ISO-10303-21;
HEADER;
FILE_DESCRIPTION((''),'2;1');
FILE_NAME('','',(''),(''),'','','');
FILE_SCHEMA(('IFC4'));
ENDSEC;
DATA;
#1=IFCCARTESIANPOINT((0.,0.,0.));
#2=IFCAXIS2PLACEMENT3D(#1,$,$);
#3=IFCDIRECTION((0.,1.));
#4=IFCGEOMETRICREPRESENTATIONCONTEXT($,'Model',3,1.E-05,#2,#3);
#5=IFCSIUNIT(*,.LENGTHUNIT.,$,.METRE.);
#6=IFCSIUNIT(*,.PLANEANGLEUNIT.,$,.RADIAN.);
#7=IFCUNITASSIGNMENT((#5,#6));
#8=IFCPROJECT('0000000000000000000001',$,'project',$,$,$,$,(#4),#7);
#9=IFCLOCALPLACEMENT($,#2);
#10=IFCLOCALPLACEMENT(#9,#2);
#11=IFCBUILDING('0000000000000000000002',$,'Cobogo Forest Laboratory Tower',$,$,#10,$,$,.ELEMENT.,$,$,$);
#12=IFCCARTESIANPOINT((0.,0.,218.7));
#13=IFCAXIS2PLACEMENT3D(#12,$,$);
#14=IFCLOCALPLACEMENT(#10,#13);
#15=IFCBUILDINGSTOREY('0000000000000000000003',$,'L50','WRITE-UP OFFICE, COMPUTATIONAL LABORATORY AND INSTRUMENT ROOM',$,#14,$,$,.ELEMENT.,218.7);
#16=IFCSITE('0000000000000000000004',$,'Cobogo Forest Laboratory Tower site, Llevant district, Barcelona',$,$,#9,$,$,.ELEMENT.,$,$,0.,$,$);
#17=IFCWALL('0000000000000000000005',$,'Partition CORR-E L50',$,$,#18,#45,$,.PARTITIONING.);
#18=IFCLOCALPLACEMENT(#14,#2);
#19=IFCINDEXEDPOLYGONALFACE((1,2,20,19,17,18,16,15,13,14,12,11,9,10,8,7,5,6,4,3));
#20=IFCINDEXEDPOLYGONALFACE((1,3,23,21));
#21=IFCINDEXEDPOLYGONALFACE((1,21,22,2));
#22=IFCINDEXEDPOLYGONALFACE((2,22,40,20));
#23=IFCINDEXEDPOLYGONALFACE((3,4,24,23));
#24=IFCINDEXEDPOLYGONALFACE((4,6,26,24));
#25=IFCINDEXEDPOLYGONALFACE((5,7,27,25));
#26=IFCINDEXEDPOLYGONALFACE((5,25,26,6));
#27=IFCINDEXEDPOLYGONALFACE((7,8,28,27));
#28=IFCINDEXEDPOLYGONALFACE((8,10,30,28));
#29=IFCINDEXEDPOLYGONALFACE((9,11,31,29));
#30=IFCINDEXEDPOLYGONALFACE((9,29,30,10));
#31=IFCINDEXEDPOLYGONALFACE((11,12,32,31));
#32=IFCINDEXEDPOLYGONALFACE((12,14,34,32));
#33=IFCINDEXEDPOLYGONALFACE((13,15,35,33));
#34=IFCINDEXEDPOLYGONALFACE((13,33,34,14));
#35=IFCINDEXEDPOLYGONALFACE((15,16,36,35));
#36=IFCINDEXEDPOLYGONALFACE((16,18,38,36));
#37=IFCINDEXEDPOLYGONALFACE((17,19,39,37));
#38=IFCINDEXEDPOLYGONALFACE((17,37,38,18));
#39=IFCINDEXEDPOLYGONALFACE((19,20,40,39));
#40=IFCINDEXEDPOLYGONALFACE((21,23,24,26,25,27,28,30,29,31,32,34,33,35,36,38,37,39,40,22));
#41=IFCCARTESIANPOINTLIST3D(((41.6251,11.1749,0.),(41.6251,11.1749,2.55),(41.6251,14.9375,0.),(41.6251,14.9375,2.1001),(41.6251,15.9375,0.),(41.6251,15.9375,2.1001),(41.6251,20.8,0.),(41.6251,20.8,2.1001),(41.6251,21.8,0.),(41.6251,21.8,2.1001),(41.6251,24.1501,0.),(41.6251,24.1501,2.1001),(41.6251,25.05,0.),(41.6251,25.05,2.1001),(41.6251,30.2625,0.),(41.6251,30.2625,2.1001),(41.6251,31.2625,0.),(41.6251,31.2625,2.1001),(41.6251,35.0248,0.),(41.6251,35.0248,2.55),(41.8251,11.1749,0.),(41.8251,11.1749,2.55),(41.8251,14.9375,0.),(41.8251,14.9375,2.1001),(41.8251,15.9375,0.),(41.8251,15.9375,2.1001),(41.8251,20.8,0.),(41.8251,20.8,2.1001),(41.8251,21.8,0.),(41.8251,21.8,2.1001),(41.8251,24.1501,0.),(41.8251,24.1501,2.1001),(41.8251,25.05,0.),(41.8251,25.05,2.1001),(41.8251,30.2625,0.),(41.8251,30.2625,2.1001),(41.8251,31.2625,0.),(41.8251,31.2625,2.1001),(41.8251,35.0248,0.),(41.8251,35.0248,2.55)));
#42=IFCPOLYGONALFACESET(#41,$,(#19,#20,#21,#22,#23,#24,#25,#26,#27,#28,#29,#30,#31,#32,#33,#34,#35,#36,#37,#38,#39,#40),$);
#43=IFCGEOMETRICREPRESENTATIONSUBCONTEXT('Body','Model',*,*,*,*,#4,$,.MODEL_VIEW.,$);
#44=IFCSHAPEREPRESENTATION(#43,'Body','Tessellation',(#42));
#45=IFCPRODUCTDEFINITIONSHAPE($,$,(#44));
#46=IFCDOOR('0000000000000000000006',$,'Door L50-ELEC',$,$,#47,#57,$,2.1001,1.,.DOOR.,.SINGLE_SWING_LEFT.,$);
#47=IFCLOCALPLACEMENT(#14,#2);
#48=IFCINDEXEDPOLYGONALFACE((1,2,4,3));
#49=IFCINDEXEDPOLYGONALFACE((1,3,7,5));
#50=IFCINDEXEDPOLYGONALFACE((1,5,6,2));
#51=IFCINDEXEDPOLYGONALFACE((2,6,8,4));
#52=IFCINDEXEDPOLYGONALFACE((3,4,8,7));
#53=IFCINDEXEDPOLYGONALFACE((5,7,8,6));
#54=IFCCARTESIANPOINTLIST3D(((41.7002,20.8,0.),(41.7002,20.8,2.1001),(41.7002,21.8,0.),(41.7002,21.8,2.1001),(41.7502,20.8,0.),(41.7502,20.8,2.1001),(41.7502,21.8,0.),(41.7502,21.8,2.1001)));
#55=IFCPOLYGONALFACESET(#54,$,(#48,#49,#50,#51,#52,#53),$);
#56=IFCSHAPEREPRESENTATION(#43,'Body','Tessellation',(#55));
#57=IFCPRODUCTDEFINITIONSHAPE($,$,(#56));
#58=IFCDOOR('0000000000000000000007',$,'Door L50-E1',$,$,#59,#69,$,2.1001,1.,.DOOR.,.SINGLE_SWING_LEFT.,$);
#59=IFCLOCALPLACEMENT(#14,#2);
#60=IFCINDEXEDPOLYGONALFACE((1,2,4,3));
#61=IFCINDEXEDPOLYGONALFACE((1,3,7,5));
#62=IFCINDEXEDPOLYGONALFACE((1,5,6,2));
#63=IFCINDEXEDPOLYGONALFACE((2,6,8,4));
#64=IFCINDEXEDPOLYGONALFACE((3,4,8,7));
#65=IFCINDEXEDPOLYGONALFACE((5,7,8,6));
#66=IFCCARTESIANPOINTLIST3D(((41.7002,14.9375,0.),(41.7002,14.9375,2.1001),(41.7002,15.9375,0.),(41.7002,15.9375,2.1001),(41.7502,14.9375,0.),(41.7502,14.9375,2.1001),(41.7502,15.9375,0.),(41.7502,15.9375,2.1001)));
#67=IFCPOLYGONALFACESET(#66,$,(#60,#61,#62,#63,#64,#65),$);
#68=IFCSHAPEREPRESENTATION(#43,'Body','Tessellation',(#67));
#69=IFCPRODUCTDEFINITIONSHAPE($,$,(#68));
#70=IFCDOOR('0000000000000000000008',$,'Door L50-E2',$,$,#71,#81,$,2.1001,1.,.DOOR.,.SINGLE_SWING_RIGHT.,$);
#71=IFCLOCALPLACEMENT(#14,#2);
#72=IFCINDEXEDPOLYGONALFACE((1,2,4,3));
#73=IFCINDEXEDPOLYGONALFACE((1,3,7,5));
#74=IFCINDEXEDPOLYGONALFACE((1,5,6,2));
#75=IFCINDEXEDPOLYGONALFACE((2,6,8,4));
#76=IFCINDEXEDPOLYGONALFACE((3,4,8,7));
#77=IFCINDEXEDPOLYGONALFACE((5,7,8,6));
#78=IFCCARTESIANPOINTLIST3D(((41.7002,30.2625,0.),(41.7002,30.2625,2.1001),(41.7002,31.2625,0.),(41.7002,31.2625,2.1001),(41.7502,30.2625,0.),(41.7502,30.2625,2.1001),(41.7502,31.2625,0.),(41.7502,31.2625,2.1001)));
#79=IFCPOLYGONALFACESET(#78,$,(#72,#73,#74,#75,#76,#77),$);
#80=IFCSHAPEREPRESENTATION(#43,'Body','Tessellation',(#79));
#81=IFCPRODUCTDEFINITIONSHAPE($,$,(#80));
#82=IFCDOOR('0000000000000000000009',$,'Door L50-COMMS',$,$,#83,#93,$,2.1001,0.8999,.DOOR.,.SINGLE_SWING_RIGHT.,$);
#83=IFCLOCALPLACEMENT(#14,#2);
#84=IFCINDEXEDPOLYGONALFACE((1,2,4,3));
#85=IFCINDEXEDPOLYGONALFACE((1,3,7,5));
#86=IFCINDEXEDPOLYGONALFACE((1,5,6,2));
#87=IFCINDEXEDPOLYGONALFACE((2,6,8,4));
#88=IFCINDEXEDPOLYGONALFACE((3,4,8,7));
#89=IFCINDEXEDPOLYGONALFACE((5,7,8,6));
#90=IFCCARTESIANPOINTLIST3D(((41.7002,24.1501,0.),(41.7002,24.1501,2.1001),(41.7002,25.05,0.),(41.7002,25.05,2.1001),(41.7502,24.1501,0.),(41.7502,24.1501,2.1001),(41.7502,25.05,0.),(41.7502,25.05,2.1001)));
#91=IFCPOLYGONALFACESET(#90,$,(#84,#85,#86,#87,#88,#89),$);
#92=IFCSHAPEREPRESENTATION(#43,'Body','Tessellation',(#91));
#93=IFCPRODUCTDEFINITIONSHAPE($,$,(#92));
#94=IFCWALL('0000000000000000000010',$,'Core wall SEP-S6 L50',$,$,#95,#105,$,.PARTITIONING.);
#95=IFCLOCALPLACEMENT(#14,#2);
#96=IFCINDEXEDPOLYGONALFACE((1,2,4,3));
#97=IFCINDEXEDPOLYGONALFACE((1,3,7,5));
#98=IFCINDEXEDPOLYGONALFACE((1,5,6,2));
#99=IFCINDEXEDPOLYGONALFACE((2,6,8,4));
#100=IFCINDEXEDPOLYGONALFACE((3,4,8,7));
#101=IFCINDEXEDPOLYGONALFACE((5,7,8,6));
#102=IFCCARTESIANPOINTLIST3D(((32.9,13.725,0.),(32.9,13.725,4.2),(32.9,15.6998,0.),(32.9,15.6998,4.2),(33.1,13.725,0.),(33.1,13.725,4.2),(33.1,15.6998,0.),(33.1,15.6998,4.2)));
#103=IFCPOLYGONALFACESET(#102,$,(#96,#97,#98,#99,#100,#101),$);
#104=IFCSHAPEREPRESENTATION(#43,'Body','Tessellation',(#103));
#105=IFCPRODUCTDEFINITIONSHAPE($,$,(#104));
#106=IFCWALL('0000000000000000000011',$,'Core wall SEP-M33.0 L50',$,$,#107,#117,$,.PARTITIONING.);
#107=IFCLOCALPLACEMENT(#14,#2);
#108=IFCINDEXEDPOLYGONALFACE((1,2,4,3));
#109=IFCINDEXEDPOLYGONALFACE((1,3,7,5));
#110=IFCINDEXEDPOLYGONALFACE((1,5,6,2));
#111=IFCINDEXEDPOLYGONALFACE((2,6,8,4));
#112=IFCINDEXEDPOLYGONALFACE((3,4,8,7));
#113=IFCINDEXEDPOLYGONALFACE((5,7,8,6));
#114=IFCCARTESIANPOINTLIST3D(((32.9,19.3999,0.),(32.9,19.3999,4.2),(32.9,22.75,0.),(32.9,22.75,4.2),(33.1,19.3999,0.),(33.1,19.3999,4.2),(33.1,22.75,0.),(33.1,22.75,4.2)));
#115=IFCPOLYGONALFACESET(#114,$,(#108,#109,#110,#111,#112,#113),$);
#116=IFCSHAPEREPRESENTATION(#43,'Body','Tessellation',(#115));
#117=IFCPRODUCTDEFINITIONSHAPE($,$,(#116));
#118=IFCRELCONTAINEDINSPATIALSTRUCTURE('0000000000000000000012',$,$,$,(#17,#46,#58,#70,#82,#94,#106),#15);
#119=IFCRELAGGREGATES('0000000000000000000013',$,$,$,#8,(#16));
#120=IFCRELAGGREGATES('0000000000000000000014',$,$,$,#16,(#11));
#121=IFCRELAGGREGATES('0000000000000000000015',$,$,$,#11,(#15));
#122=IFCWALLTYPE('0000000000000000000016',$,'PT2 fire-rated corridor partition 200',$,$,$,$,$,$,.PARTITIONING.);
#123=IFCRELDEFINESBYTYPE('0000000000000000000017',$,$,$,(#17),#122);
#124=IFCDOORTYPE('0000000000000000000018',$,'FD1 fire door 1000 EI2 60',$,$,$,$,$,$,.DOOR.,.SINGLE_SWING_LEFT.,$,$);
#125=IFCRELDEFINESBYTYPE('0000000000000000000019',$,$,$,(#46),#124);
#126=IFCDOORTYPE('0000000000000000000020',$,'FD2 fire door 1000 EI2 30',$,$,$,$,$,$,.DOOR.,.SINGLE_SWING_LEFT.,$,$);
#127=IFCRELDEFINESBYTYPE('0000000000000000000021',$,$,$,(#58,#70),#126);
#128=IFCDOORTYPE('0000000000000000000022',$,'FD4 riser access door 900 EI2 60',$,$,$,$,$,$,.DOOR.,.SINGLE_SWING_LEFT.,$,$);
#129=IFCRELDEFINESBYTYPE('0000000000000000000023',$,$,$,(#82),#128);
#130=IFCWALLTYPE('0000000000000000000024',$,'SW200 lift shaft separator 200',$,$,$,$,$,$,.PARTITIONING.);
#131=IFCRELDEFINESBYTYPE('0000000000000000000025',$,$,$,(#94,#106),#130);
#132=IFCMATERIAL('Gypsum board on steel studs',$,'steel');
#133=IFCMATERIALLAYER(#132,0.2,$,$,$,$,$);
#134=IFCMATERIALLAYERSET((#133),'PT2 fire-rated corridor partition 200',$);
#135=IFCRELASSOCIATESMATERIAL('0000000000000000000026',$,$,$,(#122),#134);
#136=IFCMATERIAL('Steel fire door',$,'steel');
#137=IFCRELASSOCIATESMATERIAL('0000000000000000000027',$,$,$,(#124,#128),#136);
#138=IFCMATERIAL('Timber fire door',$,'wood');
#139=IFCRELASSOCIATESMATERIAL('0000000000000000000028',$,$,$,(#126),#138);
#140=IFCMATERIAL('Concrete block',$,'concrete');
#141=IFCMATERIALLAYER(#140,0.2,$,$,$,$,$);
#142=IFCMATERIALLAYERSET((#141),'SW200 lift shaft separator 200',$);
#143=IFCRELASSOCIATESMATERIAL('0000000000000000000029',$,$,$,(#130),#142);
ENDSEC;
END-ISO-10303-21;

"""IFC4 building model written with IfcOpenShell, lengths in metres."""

from ifc_helpers import new_model, si_unit, direction, frame, frame_2d, origin, place, context, subcontext, project, spatial, rectangle, extrude, material, layer, layer_set, type_object, element, fill, save


model = new_model("IFC4")

# Units and contexts
model_context = context("Model", 3, precision=1e-05, world=origin(), true_north=direction((0.0, 1.0)))
body_context = subcontext(model_context, "Body", "Model", "MODEL_VIEW")
ifc_project = project(units=[si_unit("LENGTHUNIT", "METRE"), si_unit("PLANEANGLEUNIT", "RADIAN")], contexts=[model_context])

# Site, building, storey
site_placement = place(None, origin())
site = spatial("IfcSite", under=ifc_project, at=site_placement, Name="Cobogo Forest Laboratory Tower site, Llevant district, Barcelona", CompositionType="ELEMENT", RefElevation=0.0)
building_placement = place(site_placement, origin())
building = spatial("IfcBuilding", under=site, at=building_placement, Name="Cobogo Forest Laboratory Tower", CompositionType="ELEMENT")
storey_placement = place(building_placement, frame((0.0, 0.0, 218.7)))
storey = spatial("IfcBuildingStorey", under=building, at=storey_placement, Name="L50", Description="WRITE-UP OFFICE, COMPUTATIONAL LABORATORY AND INSTRUMENT ROOM", CompositionType="ELEMENT", Elevation=218.7)

# Shared definitions
ifc_material_1 = material(Name="Steel fire door", Category="steel")

# Shared definitions
ifc_material_2 = material(Name="Gypsum board on steel studs", Category="steel")

# Wall, openings, doors
ifc_layer_1 = layer(ifc_material_2, 0.2)
ifc_layer_set_1 = layer_set([ifc_layer_1], Name="PT2 fire-rated corridor partition 200")
wall_type_1 = type_object("IfcWallType", Name="PT2 fire-rated corridor partition 200", PredefinedType="PARTITIONING", material=ifc_layer_set_1)
wall_1_placement = place(storey_placement, frame((41.7251, 11.175, 0.0), z_axis=(0.0, 0.0, 1.0), x_axis=(0.0, 1.0, 0.0)))
wall_1 = element("IfcWall", 1, at=wall_1_placement, inside=storey, type_object=wall_type_1, Name="Partition CORR-E L50", PredefinedType="PARTITIONING", context=body_context, shape_type="SweptSolid", body=[
    extrude(rectangle(XDim=23.8499, YDim=0.2, at=frame_2d((11.9248, 0.0))), origin(), (0.0, 0.0, 1.0), 2.55),
])
opening_1_placement = place(wall_1_placement, frame((3.7625, 0.0, 0.0)))
opening_1 = element("IfcOpeningElement", 2, at=opening_1_placement, cuts=wall_1, PredefinedType="OPENING", context=body_context, shape_type="SweptSolid", body=[
    extrude(rectangle(XDim=1.0, YDim=2.1001, at=frame_2d((0.5, 1.05))), frame((0.0, 0.1099, 0.0), z_axis=(0.0, -1.0, 0.0), x_axis=(1.0, 0.0, 0.0)), (0.0, 0.0, 1.0), 0.22),
])
opening_2_placement = place(wall_1_placement, frame((9.625, 0.0, 0.0)))
opening_2 = element("IfcOpeningElement", 3, at=opening_2_placement, cuts=wall_1, PredefinedType="OPENING", context=body_context, shape_type="SweptSolid", body=[
    extrude(rectangle(XDim=1.0, YDim=2.1001, at=frame_2d((0.5, 1.05))), frame((0.0, 0.1099, 0.0), z_axis=(0.0, -1.0, 0.0), x_axis=(1.0, 0.0, 0.0)), (0.0, 0.0, 1.0), 0.22),
])
opening_3_placement = place(wall_1_placement, frame((12.9751, 0.0, 0.0)))
opening_3 = element("IfcOpeningElement", 4, at=opening_3_placement, cuts=wall_1, PredefinedType="OPENING", context=body_context, shape_type="SweptSolid", body=[
    extrude(rectangle(XDim=0.8999, YDim=2.1001, at=frame_2d((0.45, 1.05))), frame((0.0, 0.1099, 0.0), z_axis=(0.0, -1.0, 0.0), x_axis=(1.0, 0.0, 0.0)), (0.0, 0.0, 1.0), 0.22),
])
opening_4_placement = place(wall_1_placement, frame((19.0874, 0.0, 0.0)))
opening_4 = element("IfcOpeningElement", 5, at=opening_4_placement, cuts=wall_1, PredefinedType="OPENING", context=body_context, shape_type="SweptSolid", body=[
    extrude(rectangle(XDim=1.0, YDim=2.1001, at=frame_2d((0.5, 1.05))), frame((0.0, 0.1099, 0.0), z_axis=(0.0, -1.0, 0.0), x_axis=(1.0, 0.0, 0.0)), (0.0, 0.0, 1.0), 0.22),
])
door_type_1 = type_object("IfcDoorType", Name="FD1 fire door 1000 EI2 60", OperationType="SINGLE_SWING_LEFT", PredefinedType="DOOR", material=ifc_material_1)
door_1_placement = place(opening_2_placement, origin())
door_1 = element("IfcDoor", 6, at=door_1_placement, inside=storey, type_object=door_type_1, Name="Door L50-ELEC", OperationType="SINGLE_SWING_LEFT", OverallHeight=2.1001, OverallWidth=1.0, PredefinedType="DOOR", context=body_context, shape_type="SweptSolid", body=[
    extrude(rectangle(XDim=1.0, YDim=2.1001, at=frame_2d((0.5, 1.05))), frame((0.0, 0.0249, 0.0), z_axis=(0.0, -1.0, 0.0), x_axis=(1.0, 0.0, 0.0)), (0.0, 0.0, 1.0), 0.05),
])
fill(opening_2, door_1)
ifc_material_3 = material(Name="Timber fire door", Category="wood")
door_type_2 = type_object("IfcDoorType", Name="FD2 fire door 1000 EI2 30", OperationType="SINGLE_SWING_LEFT", PredefinedType="DOOR", material=ifc_material_3)
door_2_placement = place(opening_1_placement, origin())
door_2 = element("IfcDoor", 7, at=door_2_placement, inside=storey, type_object=door_type_2, Name="Door L50-E1", OperationType="SINGLE_SWING_LEFT", OverallHeight=2.1001, OverallWidth=1.0, PredefinedType="DOOR", context=body_context, shape_type="SweptSolid", body=[
    extrude(rectangle(XDim=1.0, YDim=2.1001, at=frame_2d((0.5, 1.05))), frame((0.0, 0.0249, 0.0), z_axis=(0.0, -1.0, 0.0), x_axis=(1.0, 0.0, 0.0)), (0.0, 0.0, 1.0), 0.05),
])
fill(opening_1, door_2)
door_3_placement = place(opening_4_placement, origin())
door_3 = element("IfcDoor", 8, at=door_3_placement, inside=storey, type_object=door_type_2, Name="Door L50-E2", OperationType="SINGLE_SWING_RIGHT", OverallHeight=2.1001, OverallWidth=1.0, PredefinedType="DOOR", context=body_context, shape_type="SweptSolid", body=[
    extrude(rectangle(XDim=1.0, YDim=2.1001, at=frame_2d((0.5, 1.05))), frame((0.0, 0.0249, 0.0), z_axis=(0.0, -1.0, 0.0), x_axis=(1.0, 0.0, 0.0)), (0.0, 0.0, 1.0), 0.05),
])
fill(opening_4, door_3)
door_type_3 = type_object("IfcDoorType", Name="FD4 riser access door 900 EI2 60", OperationType="SINGLE_SWING_LEFT", PredefinedType="DOOR", material=ifc_material_1)
door_4_placement = place(opening_3_placement, origin())
door_4 = element("IfcDoor", 9, at=door_4_placement, inside=storey, type_object=door_type_3, Name="Door L50-COMMS", OperationType="SINGLE_SWING_RIGHT", OverallHeight=2.1001, OverallWidth=0.8999, PredefinedType="DOOR", context=body_context, shape_type="SweptSolid", body=[
    extrude(rectangle(XDim=0.8999, YDim=2.1001, at=frame_2d((0.45, 1.05))), frame((0.0, 0.0249, 0.0), z_axis=(0.0, -1.0, 0.0), x_axis=(1.0, 0.0, 0.0)), (0.0, 0.0, 1.0), 0.05),
])
fill(opening_3, door_4)

# Walls
ifc_material_4 = material(Name="Concrete block", Category="concrete")
ifc_layer_2 = layer(ifc_material_4, 0.2)
ifc_layer_set_2 = layer_set([ifc_layer_2], Name="SW200 lift shaft separator 200")
wall_type_2 = type_object("IfcWallType", Name="SW200 lift shaft separator 200", PredefinedType="PARTITIONING", material=ifc_layer_set_2)
wall_2_placement = place(storey_placement, frame((33.0, 13.7251, 0.0), z_axis=(0.0, 0.0, 1.0), x_axis=(0.0, 1.0, 0.0)))
element("IfcWall", 10, at=wall_2_placement, inside=storey, type_object=wall_type_2, Name="Core wall SEP-S6 L50", PredefinedType="PARTITIONING", context=body_context, shape_type="SweptSolid", body=[
    extrude(rectangle(XDim=1.9749, YDim=0.2, at=frame_2d((0.9873, 0.0))), origin(), (0.0, 0.0, 1.0), 4.2),
])
wall_3_placement = place(storey_placement, frame((33.0, 19.3999, 0.0), z_axis=(0.0, 0.0, 1.0), x_axis=(0.0, 1.0, 0.0)))
element("IfcWall", 11, at=wall_3_placement, inside=storey, type_object=wall_type_2, Name="Core wall SEP-M33.0 L50", PredefinedType="PARTITIONING", context=body_context, shape_type="SweptSolid", body=[
    extrude(rectangle(XDim=3.3501, YDim=0.2, at=frame_2d((1.675, 0.0))), origin(), (0.0, 0.0, 1.0), 4.2),
])

save(model, "model.ifc")
